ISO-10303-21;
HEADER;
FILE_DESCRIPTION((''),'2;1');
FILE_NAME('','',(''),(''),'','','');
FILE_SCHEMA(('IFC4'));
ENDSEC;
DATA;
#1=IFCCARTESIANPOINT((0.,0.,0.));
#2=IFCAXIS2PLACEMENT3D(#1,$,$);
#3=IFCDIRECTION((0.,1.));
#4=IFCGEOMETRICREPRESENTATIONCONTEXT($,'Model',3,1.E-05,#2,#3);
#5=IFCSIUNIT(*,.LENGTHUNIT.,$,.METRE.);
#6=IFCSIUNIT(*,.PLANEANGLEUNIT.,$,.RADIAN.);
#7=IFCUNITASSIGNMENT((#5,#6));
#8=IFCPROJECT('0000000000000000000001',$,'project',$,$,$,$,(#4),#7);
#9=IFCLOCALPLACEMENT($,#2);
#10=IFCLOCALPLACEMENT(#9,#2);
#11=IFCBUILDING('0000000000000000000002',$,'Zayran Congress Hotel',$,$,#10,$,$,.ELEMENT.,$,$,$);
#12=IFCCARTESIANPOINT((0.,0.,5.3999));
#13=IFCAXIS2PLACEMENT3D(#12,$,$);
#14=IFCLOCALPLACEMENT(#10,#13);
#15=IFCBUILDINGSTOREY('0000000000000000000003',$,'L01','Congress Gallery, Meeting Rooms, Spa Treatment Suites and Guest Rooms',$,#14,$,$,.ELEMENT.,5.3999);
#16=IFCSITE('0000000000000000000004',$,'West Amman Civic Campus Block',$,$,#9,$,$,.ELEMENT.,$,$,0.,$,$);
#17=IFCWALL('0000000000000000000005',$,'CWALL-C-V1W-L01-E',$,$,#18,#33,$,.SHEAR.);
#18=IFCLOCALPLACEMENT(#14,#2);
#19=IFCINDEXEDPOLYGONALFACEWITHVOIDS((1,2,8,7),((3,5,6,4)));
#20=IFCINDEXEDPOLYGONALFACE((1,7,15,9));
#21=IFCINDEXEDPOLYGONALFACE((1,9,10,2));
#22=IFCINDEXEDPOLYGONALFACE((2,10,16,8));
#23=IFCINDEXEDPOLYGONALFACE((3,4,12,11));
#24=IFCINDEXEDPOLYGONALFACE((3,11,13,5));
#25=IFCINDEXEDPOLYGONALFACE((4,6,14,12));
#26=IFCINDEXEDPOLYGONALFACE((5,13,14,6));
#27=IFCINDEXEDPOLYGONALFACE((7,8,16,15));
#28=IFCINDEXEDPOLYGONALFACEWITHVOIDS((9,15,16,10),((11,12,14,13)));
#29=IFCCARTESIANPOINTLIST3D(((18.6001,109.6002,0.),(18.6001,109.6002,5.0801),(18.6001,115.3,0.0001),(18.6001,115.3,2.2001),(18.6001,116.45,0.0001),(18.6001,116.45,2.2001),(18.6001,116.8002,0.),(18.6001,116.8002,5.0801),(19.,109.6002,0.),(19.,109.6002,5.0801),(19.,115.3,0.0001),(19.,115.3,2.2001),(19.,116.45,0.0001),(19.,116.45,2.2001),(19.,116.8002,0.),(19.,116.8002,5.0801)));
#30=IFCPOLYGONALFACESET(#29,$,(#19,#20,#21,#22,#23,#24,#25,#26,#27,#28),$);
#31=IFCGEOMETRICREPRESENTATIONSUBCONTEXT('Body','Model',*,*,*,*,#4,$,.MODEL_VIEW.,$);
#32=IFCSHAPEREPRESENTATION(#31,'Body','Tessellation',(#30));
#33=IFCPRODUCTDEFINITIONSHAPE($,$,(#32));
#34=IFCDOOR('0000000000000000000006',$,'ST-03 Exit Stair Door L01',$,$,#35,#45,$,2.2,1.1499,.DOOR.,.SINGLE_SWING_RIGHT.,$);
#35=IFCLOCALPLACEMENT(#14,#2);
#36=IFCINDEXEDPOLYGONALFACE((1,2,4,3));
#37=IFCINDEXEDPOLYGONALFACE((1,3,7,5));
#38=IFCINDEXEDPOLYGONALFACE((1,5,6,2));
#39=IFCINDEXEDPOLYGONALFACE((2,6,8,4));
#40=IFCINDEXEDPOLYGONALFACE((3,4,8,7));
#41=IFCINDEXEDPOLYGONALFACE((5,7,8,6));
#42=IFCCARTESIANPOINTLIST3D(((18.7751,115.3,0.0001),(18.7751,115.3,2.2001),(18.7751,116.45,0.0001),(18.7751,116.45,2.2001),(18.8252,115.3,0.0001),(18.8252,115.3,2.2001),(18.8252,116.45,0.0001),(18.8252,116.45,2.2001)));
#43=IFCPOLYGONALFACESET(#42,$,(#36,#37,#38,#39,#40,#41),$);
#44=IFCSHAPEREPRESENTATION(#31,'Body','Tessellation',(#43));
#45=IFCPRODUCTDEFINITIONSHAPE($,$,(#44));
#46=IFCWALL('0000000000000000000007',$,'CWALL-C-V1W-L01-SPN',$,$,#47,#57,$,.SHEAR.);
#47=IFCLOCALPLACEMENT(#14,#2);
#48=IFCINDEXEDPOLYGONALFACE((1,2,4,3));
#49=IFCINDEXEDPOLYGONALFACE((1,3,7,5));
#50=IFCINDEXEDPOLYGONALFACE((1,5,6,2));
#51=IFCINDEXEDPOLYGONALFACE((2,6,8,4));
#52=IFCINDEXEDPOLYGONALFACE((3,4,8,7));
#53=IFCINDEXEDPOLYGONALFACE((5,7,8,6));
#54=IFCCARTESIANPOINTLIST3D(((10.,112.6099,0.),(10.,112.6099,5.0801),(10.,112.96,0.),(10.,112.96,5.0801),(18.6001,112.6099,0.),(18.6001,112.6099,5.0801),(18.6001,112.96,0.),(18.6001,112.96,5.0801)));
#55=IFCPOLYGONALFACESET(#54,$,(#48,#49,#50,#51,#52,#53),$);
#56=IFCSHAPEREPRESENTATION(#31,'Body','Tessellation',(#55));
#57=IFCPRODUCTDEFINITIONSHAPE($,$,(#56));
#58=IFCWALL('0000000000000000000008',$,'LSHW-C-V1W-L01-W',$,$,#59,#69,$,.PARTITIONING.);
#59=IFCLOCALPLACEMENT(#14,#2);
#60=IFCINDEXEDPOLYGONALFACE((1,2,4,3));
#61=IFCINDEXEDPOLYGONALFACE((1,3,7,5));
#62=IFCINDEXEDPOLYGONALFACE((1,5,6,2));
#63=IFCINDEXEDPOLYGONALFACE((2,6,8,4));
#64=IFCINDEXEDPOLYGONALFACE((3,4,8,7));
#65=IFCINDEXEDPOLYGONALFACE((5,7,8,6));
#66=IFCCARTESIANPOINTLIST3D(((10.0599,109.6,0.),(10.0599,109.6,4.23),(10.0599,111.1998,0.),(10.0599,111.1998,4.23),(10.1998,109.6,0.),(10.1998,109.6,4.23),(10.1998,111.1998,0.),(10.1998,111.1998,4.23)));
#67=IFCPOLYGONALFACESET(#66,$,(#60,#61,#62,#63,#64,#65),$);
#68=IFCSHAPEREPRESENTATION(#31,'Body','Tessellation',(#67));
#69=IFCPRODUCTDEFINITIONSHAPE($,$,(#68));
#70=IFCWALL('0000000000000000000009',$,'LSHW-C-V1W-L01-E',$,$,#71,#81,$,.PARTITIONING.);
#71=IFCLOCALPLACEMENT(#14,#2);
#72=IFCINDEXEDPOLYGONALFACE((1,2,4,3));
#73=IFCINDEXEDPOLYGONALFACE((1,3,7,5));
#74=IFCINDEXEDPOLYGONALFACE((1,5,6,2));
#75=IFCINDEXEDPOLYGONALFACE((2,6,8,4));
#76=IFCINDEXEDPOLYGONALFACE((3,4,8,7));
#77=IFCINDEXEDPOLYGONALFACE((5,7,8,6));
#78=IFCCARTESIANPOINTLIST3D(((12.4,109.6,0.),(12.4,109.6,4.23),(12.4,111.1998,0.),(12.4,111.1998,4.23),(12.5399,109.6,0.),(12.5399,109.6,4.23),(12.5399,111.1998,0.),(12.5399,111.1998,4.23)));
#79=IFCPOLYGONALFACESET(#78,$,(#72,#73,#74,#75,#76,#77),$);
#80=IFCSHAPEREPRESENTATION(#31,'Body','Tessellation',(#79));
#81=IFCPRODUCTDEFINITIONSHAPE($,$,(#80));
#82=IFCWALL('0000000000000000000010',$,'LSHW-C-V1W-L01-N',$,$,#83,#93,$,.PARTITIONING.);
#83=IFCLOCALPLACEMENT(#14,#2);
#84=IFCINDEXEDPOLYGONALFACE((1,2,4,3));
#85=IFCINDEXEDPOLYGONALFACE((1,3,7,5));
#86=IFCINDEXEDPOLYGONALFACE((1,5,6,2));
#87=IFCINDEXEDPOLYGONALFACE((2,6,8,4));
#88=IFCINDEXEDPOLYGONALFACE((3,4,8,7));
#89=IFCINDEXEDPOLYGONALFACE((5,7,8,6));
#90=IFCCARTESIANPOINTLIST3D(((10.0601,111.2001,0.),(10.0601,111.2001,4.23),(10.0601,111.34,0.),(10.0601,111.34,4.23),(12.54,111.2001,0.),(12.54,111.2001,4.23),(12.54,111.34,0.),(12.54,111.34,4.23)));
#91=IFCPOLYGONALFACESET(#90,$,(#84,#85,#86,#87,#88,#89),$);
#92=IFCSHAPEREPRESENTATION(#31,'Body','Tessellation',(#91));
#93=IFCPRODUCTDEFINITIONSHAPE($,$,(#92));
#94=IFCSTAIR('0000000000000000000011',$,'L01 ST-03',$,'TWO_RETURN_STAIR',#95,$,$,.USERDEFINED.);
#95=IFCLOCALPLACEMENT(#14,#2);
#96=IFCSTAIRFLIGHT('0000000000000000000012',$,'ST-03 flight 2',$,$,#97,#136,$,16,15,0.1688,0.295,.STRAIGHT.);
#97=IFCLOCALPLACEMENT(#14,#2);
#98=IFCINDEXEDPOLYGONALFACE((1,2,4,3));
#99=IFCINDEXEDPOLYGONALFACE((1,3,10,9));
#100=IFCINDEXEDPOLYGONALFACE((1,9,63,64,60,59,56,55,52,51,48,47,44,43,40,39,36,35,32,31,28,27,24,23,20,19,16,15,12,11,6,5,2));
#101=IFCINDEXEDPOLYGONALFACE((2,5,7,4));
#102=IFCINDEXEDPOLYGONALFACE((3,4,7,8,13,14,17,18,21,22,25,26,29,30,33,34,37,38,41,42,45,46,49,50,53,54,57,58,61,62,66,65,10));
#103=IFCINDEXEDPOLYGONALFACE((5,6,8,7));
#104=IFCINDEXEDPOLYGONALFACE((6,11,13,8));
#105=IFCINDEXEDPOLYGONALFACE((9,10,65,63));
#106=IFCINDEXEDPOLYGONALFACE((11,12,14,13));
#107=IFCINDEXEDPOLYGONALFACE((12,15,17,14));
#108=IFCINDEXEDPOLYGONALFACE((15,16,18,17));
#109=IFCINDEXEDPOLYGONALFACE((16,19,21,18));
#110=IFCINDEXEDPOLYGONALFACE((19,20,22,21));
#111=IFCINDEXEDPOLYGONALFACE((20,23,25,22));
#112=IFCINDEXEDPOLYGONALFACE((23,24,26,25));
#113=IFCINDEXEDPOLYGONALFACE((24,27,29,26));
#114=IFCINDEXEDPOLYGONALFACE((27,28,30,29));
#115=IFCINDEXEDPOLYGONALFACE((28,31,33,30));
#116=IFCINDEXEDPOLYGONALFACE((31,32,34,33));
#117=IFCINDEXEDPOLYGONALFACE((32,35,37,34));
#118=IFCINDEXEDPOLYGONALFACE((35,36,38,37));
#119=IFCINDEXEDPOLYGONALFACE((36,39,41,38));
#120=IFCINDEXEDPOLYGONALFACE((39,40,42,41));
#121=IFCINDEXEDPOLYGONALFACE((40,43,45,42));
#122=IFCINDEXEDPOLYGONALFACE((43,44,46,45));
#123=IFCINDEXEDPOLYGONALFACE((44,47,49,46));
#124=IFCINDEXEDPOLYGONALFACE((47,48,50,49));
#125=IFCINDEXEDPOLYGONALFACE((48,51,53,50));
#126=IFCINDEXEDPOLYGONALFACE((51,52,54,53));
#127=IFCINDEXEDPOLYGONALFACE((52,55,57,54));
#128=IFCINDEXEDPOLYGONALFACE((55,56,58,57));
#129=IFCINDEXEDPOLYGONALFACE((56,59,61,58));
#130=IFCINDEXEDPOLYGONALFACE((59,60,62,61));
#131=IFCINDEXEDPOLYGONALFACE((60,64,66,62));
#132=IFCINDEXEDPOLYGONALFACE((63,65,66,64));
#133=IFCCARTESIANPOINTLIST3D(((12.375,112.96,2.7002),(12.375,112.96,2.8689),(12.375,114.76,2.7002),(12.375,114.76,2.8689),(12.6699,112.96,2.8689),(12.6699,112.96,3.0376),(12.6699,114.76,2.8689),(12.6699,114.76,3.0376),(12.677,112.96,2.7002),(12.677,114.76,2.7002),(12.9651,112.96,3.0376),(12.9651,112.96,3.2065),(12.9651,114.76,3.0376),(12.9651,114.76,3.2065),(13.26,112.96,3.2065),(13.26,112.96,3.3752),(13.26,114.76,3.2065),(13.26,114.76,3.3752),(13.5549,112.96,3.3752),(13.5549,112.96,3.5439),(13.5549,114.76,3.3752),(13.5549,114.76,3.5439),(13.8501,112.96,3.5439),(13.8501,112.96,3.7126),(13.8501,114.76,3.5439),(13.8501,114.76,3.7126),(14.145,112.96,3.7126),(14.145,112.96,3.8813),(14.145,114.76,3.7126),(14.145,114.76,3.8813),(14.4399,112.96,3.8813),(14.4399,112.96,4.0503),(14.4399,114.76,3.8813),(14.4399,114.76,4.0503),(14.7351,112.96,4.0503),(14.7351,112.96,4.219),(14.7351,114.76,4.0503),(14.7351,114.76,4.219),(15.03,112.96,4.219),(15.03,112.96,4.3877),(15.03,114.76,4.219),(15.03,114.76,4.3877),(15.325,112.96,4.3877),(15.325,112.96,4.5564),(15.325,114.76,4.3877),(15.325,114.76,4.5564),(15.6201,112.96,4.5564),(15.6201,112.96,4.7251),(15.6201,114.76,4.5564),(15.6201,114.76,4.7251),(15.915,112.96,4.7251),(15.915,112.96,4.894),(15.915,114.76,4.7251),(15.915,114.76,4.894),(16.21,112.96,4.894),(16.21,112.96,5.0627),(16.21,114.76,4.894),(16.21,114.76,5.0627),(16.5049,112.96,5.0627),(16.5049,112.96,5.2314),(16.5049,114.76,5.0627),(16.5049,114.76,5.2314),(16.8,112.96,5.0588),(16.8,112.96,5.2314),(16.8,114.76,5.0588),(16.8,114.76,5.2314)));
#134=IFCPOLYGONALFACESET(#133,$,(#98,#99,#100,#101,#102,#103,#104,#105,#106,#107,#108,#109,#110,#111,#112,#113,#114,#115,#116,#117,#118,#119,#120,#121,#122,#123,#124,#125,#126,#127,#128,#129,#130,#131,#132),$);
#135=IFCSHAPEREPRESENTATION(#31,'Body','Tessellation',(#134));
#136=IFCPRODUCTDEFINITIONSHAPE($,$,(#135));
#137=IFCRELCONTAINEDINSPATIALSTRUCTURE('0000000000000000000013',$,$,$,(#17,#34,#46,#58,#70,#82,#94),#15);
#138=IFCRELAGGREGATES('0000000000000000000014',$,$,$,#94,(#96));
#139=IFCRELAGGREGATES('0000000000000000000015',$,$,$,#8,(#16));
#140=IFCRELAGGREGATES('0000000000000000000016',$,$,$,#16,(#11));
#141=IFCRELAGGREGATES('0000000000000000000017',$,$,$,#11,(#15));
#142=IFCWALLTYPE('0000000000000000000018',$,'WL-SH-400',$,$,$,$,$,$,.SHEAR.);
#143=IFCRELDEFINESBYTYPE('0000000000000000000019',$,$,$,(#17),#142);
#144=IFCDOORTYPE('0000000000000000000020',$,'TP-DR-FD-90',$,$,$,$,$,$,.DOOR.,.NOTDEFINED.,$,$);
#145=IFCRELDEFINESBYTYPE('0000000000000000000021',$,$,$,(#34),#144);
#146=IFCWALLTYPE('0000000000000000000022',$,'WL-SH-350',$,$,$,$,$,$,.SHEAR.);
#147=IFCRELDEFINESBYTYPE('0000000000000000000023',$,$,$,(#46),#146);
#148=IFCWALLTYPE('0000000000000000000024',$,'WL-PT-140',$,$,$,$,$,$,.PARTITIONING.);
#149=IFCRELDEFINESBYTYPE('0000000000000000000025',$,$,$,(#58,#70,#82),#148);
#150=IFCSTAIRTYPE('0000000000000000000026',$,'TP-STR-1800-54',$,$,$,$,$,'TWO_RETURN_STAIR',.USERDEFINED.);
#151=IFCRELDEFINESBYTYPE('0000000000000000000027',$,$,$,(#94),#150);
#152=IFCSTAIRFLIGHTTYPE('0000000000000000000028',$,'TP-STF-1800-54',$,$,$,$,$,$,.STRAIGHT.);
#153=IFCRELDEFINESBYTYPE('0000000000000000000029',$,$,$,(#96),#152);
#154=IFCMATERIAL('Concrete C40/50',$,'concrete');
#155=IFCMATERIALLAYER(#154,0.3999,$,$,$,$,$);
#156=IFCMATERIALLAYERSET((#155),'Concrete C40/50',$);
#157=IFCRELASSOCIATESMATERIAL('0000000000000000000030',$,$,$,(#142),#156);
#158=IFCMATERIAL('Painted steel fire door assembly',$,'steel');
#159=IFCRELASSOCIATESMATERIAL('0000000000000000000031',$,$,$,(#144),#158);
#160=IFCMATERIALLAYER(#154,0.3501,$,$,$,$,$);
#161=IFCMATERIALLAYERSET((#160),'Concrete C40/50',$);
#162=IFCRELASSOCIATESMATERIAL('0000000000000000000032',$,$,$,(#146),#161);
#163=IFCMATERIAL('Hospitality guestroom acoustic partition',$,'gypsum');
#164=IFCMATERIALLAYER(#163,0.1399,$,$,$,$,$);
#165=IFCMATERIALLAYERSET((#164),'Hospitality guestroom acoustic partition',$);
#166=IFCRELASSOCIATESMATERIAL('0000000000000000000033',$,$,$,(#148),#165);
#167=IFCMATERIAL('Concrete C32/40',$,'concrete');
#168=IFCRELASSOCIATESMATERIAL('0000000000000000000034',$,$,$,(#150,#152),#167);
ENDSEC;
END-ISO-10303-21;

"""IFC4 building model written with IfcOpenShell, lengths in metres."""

from ifc_helpers import new_model, si_unit, direction, frame, frame_2d, origin, place, context, subcontext, project, spatial, polyline, rectangle, outline, extrude, material, layer, layer_set, type_object, element, fill, aggregate, save


model = new_model("IFC4")

# Units and contexts
model_context = context("Model", 3, precision=1e-05, world=origin(), true_north=direction((0.0, 1.0)))
body_context = subcontext(model_context, "Body", "Model", "MODEL_VIEW")
ifc_project = project(units=[si_unit("LENGTHUNIT", "METRE"), si_unit("PLANEANGLEUNIT", "RADIAN")], contexts=[model_context])

# Site, building, storey
site_placement = place(None, origin())
site = spatial("IfcSite", under=ifc_project, at=site_placement, Name="West Amman Civic Campus Block", CompositionType="ELEMENT", RefElevation=0.0)
building_placement = place(site_placement, origin())
building = spatial("IfcBuilding", under=site, at=building_placement, Name="Zayran Congress Hotel", CompositionType="ELEMENT")
storey_placement = place(building_placement, frame((0.0, 0.0, 5.3999)))
storey = spatial("IfcBuildingStorey", under=building, at=storey_placement, Name="L01", Description="Congress Gallery, Meeting Rooms, Spa Treatment Suites and Guest Rooms", CompositionType="ELEMENT", Elevation=5.3999)

# Shared definitions
ifc_material_1 = material(Name="Concrete C40/50", Category="concrete")

# Wall, opening, door
ifc_layer_1 = layer(ifc_material_1, 0.3999)
ifc_layer_set_1 = layer_set([ifc_layer_1], Name="Concrete C40/50")
wall_type_1 = type_object("IfcWallType", Name="WL-SH-400", PredefinedType="SHEAR", material=ifc_layer_set_1)
wall_1_placement = place(storey_placement, frame((18.8, 109.6001, 0.0), z_axis=(0.0, 0.0, 1.0), x_axis=(0.0, 1.0, 0.0)))
wall_1 = element("IfcWall", 1, at=wall_1_placement, inside=storey, type_object=wall_type_1, Name="CWALL-C-V1W-L01-E", PredefinedType="SHEAR", context=body_context, shape_type="SweptSolid", body=[
    extrude(rectangle(XDim=7.2, YDim=0.3999, at=frame_2d((3.6001, 0.0))), origin(), (0.0, 0.0, 1.0), 5.0801),
])
opening_1_placement = place(wall_1_placement, frame((5.7, 0.0, 0.0)))
opening_1 = element("IfcOpeningElement", 2, at=opening_1_placement, cuts=wall_1, PredefinedType="OPENING", context=body_context, shape_type="SweptSolid", body=[
    extrude(rectangle(XDim=1.1499, YDim=2.2, at=frame_2d((0.575, 1.1001))), frame((0.0, 0.21, 0.0), z_axis=(0.0, -1.0, 0.0), x_axis=(1.0, 0.0, 0.0)), (0.0, 0.0, 1.0), 0.4199),
])
ifc_material_2 = material(Name="Painted steel fire door assembly", Category="steel")
door_type_1 = type_object("IfcDoorType", Name="TP-DR-FD-90", OperationType="NOTDEFINED", PredefinedType="DOOR", material=ifc_material_2)
door_1_placement = place(opening_1_placement, origin())
door_1 = element("IfcDoor", 3, at=door_1_placement, inside=storey, type_object=door_type_1, Name="ST-03 Exit Stair Door L01", OperationType="SINGLE_SWING_RIGHT", OverallHeight=2.2, OverallWidth=1.1499, PredefinedType="DOOR", context=body_context, shape_type="SweptSolid", body=[
    extrude(rectangle(XDim=1.1499, YDim=2.2, at=frame_2d((0.575, 1.1001))), frame((0.0, 0.0249, 0.0), z_axis=(0.0, -1.0, 0.0), x_axis=(1.0, 0.0, 0.0)), (0.0, 0.0, 1.0), 0.05),
])
fill(opening_1, door_1)

# Walls
ifc_layer_2 = layer(ifc_material_1, 0.3501)
ifc_layer_set_2 = layer_set([ifc_layer_2], Name="Concrete C40/50")
wall_type_2 = type_object("IfcWallType", Name="WL-SH-350", PredefinedType="SHEAR", material=ifc_layer_set_2)
wall_2_placement = place(storey_placement, frame((10.0, 112.7849, 0.0), z_axis=(0.0, 0.0, 1.0), x_axis=(1.0, 0.0, 0.0)))
element("IfcWall", 4, at=wall_2_placement, inside=storey, type_object=wall_type_2, Name="CWALL-C-V1W-L01-SPN", PredefinedType="SHEAR", context=body_context, shape_type="SweptSolid", body=[
    extrude(rectangle(XDim=8.6001, YDim=0.3501, at=frame_2d((4.3, 0.0))), origin(), (0.0, 0.0, 1.0), 5.0801),
])
ifc_material_3 = material(Name="Hospitality guestroom acoustic partition", Category="gypsum")
ifc_layer_3 = layer(ifc_material_3, 0.1399)
ifc_layer_set_3 = layer_set([ifc_layer_3], Name="Hospitality guestroom acoustic partition")
wall_type_3 = type_object("IfcWallType", Name="WL-PT-140", PredefinedType="PARTITIONING", material=ifc_layer_set_3)
for number, where, z_axis, x_axis, name in (
    (5, (10.1299, 109.6001, 0.0), (0.0, 0.0, 1.0), (0.0, 1.0, 0.0), "LSHW-C-V1W-L01-W"),
    (6, (12.47, 109.6001, 0.0), (0.0, 0.0, 1.0), (0.0, 1.0, 0.0), "LSHW-C-V1W-L01-E"),
):
    element("IfcWall", number, at=place(storey_placement, frame(where, z_axis=z_axis, x_axis=x_axis)), inside=storey, type_object=wall_type_3, Name=name, PredefinedType="PARTITIONING", context=body_context, shape_type="SweptSolid", body=[
        extrude(rectangle(XDim=1.5999, YDim=0.1399, at=frame_2d((0.7998, 0.0))), origin(), (0.0, 0.0, 1.0), 4.23),
    ])
wall_3_placement = place(storey_placement, frame((10.0601, 111.27, 0.0), z_axis=(0.0, 0.0, 1.0), x_axis=(1.0, 0.0, 0.0)))
element("IfcWall", 7, at=wall_3_placement, inside=storey, type_object=wall_type_3, Name="LSHW-C-V1W-L01-N", PredefinedType="PARTITIONING", context=body_context, shape_type="SweptSolid", body=[
    extrude(rectangle(XDim=2.48, YDim=0.1399, at=frame_2d((1.24, 0.0))), origin(), (0.0, 0.0, 1.0), 4.23),
])

# Stair, stair flight
ifc_material_4 = material(Name="Concrete C32/40", Category="concrete")
stair_type = type_object("IfcStairType", Name="TP-STR-1800-54", ElementType="TWO_RETURN_STAIR", PredefinedType="USERDEFINED", material=ifc_material_4)
stair_placement = place(storey_placement, origin())
stair = element("IfcStair", 8, at=stair_placement, inside=storey, type_object=stair_type, Name="L01 ST-03", ObjectType="TWO_RETURN_STAIR", PredefinedType="USERDEFINED")
stair_flight_type = type_object("IfcStairFlightType", Name="TP-STF-1800-54", PredefinedType="STRAIGHT", material=ifc_material_4)
stair_flight_placement = place(storey_placement, frame((12.375, 113.8601, 2.7002), z_axis=(0.0, 0.0, 1.0), x_axis=(1.0, 0.0, 0.0)))
stair_flight = element("IfcStairFlight", 9, at=stair_flight_placement, type_object=stair_flight_type, Name="ST-03 flight 2", NumberOfRisers=16, NumberOfTreads=15, PredefinedType="STRAIGHT", RiserHeight=0.1688, TreadLength=0.295, context=body_context, shape_type="SweptSolid", body=[
    extrude(outline(polyline([(0.0, 0.0), (0.0, 0.1687), (0.2949, 0.1687), (0.2949, 0.3374), (0.5901, 0.3374), (0.5901, 0.5063), (0.885, 0.5063), (0.885, 0.675), (1.1799, 0.675), (1.1799, 0.8438), (1.4751, 0.8438), (1.4751, 1.0125), (1.77, 1.0125), (1.77, 1.1812), (2.0649, 1.1812), (2.0649, 1.3501), (2.3601, 1.3501), (2.3601, 1.5188), (2.655, 1.5188), (2.655, 1.6875), (2.95, 1.6875), (2.95, 1.8562), (3.2451, 1.8562), (3.2451, 2.0249), (3.54, 2.0249), (3.54, 2.1938), (3.835, 2.1938), (3.835, 2.3625), (4.1299, 2.3625), (4.1299, 2.5312), (4.425, 2.5312), (4.425, 2.7), (4.425, 2.3586), (0.302, 0.0), (0.0, 0.0)])), frame((0.0, 0.8999, 0.0), z_axis=(0.0, -1.0, 0.0), x_axis=(1.0, 0.0, 0.0)), (0.0, 0.0, 1.0), 1.8),
])
aggregate(stair, [stair_flight])

save(model, "model.ifc")
